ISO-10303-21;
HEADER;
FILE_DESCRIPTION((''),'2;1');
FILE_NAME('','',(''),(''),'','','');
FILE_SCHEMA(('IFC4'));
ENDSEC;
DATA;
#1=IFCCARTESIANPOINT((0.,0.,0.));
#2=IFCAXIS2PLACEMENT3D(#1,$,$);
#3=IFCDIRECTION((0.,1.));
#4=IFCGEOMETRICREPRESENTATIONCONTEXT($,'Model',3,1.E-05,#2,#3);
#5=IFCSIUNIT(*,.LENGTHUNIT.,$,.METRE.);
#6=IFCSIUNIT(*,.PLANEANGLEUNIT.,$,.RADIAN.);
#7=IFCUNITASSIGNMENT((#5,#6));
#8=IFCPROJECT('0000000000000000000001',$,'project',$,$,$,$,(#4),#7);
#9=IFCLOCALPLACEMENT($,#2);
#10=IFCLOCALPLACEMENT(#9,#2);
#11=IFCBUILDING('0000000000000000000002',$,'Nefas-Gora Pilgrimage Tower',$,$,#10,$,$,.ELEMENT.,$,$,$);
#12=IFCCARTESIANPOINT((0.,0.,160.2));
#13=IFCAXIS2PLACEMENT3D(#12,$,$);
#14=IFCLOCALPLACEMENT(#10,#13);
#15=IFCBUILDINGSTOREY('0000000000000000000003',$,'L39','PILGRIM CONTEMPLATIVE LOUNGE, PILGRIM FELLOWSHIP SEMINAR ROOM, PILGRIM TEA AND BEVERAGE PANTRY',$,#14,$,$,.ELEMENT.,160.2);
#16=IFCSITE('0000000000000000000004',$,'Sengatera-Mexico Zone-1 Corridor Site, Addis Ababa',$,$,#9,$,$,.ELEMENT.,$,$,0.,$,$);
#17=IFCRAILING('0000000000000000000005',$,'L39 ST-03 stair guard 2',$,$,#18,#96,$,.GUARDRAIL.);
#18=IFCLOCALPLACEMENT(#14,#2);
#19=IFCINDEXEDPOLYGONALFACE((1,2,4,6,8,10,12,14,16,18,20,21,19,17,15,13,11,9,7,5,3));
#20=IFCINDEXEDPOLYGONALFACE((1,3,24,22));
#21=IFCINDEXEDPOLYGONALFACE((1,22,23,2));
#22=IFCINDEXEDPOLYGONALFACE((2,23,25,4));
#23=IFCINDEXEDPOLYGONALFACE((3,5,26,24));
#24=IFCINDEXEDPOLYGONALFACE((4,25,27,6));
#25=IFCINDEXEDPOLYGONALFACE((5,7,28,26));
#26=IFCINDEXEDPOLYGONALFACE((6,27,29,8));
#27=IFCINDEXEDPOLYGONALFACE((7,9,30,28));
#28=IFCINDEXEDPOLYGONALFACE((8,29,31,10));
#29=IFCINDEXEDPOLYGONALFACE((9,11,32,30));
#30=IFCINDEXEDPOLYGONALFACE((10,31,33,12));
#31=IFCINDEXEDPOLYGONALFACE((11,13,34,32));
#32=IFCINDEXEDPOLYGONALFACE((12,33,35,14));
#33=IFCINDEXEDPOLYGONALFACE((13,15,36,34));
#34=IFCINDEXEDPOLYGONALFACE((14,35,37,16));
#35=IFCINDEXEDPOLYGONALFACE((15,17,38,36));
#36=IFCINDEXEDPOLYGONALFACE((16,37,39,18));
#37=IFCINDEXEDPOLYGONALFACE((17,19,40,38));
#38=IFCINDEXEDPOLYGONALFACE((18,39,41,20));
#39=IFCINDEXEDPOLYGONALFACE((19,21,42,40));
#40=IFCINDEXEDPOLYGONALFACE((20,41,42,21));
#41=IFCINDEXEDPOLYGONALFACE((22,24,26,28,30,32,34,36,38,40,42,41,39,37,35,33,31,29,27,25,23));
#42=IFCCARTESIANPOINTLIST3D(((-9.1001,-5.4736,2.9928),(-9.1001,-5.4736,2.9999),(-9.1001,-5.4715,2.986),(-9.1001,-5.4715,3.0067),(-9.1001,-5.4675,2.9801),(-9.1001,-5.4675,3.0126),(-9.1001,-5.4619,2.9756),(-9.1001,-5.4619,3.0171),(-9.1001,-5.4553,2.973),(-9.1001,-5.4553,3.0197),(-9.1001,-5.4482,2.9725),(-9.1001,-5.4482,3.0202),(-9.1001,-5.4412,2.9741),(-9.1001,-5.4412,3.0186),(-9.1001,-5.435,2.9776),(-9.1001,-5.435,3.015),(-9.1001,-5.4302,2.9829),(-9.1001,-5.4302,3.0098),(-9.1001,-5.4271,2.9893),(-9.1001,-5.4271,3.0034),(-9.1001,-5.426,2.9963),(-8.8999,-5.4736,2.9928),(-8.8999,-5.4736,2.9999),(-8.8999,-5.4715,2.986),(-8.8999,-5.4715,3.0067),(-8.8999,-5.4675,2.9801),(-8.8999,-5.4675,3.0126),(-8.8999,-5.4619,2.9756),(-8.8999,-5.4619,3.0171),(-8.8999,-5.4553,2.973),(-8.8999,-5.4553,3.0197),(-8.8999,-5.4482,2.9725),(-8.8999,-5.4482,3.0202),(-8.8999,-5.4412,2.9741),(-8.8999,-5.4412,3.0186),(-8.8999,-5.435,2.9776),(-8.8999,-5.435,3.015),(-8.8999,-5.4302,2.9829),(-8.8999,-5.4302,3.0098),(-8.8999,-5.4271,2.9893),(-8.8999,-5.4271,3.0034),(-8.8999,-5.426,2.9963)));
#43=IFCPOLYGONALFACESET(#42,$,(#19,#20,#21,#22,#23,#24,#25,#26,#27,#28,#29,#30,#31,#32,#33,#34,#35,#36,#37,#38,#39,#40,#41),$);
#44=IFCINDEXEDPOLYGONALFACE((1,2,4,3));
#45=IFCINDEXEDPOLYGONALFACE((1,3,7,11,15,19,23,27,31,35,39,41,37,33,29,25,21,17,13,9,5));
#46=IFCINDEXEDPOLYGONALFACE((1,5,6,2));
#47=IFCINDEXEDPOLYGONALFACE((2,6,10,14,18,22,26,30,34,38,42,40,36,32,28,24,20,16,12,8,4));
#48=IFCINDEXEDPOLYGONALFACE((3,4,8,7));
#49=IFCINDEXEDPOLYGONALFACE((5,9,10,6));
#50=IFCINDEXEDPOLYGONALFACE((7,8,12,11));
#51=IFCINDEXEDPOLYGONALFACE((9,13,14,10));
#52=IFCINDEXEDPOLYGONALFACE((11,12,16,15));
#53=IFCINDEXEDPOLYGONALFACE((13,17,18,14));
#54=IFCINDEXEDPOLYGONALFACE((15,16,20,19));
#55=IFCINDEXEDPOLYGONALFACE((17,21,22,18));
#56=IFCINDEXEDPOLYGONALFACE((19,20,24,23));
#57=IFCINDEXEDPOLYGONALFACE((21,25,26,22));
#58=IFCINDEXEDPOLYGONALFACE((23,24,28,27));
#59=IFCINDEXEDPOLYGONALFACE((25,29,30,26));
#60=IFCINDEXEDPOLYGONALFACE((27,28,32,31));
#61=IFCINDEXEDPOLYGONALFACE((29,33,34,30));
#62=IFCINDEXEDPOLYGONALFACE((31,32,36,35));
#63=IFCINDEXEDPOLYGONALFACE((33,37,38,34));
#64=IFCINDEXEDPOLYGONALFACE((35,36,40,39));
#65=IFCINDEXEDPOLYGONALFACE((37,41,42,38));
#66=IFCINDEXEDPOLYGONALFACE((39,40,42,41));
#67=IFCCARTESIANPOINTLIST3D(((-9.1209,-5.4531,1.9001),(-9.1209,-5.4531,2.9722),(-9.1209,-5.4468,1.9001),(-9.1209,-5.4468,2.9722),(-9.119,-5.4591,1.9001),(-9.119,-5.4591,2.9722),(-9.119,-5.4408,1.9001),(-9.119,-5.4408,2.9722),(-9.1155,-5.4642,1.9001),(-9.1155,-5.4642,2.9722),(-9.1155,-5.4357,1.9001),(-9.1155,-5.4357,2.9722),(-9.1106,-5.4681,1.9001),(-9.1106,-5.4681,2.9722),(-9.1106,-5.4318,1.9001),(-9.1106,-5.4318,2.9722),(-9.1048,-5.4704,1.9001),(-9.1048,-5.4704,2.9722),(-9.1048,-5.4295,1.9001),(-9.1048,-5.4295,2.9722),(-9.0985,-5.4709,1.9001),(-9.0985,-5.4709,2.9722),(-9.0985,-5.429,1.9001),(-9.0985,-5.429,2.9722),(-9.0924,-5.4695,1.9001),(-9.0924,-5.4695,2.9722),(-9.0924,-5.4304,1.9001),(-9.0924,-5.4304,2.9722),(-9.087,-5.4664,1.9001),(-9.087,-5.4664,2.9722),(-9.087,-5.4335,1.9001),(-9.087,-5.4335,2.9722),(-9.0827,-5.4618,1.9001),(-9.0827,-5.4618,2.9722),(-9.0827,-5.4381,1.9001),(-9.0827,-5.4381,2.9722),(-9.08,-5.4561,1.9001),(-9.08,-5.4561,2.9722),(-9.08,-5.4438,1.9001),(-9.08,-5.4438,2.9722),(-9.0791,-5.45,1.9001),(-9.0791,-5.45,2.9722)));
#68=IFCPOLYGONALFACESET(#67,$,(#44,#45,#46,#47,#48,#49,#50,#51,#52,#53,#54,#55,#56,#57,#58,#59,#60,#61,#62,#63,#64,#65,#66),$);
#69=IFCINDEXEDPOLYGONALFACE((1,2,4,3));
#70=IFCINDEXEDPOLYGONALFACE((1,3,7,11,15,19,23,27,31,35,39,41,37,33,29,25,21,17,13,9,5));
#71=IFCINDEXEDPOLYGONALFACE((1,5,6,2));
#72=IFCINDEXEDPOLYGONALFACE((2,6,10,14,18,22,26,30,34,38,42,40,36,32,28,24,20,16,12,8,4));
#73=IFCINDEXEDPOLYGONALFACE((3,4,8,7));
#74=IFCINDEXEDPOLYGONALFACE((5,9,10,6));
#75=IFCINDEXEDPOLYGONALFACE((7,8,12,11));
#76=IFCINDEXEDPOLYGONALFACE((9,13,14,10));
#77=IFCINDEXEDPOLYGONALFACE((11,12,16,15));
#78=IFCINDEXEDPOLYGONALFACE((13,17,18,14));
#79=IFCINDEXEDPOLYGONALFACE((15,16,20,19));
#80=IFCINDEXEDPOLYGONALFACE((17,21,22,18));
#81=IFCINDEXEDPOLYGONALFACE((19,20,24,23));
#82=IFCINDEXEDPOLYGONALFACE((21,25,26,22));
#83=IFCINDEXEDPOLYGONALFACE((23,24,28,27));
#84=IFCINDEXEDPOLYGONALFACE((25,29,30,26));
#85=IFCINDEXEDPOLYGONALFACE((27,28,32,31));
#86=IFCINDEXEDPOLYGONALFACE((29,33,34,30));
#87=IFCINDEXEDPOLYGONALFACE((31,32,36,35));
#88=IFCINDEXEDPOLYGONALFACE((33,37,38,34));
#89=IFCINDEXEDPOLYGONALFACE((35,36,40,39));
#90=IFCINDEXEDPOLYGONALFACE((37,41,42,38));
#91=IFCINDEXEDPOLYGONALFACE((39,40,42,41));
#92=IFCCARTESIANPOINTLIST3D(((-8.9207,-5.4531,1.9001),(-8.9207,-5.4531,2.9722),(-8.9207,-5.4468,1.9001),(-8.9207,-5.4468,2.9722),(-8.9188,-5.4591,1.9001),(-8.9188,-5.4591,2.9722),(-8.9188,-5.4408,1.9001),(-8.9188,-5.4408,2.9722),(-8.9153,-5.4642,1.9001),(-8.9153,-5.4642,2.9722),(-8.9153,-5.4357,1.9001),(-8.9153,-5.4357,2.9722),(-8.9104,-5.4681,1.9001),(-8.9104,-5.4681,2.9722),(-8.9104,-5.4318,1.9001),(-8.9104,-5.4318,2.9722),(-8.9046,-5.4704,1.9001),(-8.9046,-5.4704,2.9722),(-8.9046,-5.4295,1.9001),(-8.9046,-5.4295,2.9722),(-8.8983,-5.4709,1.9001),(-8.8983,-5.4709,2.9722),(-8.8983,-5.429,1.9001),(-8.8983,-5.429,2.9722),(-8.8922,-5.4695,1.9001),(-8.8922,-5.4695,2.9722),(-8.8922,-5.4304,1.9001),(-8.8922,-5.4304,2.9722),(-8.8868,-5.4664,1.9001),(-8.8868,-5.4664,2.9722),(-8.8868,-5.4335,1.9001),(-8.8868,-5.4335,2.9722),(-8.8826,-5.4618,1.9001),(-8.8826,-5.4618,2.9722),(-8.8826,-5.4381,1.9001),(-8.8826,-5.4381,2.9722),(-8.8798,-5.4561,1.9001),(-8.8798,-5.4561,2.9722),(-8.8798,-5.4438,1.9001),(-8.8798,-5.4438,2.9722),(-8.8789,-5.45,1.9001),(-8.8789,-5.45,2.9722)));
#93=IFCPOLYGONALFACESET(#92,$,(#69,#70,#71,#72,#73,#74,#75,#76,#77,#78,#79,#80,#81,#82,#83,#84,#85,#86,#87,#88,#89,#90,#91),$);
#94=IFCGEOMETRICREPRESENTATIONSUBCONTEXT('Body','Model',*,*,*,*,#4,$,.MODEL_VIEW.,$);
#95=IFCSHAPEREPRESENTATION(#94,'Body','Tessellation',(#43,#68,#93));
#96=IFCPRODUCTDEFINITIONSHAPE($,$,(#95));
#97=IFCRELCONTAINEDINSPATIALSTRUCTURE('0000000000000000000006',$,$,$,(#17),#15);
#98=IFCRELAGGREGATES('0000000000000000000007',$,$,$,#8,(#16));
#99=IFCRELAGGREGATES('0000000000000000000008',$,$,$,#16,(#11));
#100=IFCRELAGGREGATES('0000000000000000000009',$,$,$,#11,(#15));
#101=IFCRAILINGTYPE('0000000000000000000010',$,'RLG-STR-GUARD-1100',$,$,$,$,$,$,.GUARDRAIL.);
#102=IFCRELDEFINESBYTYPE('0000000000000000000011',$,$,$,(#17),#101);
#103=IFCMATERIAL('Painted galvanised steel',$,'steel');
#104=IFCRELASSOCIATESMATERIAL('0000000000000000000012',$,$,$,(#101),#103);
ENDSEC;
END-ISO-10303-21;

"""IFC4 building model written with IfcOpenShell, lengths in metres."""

from ifc_helpers import new_model, si_unit, direction, frame, origin, origin_2d, place, context, subcontext, project, spatial, circle, extrude, material, type_object, element, save


model = new_model("IFC4")

# Units and contexts
model_context = context("Model", 3, precision=1e-05, world=origin(), true_north=direction((0.0, 1.0)))
body_context = subcontext(model_context, "Body", "Model", "MODEL_VIEW")
ifc_project = project(units=[si_unit("LENGTHUNIT", "METRE"), si_unit("PLANEANGLEUNIT", "RADIAN")], contexts=[model_context])

# Site, building, storey
site_placement = place(None, origin())
site = spatial("IfcSite", under=ifc_project, at=site_placement, Name="Sengatera-Mexico Zone-1 Corridor Site, Addis Ababa", CompositionType="ELEMENT", RefElevation=0.0)
building_placement = place(site_placement, origin())
building = spatial("IfcBuilding", under=site, at=building_placement, Name="Nefas-Gora Pilgrimage Tower", CompositionType="ELEMENT")
storey_placement = place(building_placement, frame((0.0, 0.0, 160.2)))
storey = spatial("IfcBuildingStorey", under=building, at=storey_placement, Name="L39", Description="PILGRIM CONTEMPLATIVE LOUNGE, PILGRIM FELLOWSHIP SEMINAR ROOM, PILGRIM TEA AND BEVERAGE PANTRY", CompositionType="ELEMENT", Elevation=160.2)

# Railing
ifc_material_1 = material(Name="Painted galvanised steel", Category="steel")
railing_type_1 = type_object("IfcRailingType", Name="RLG-STR-GUARD-1100", PredefinedType="GUARDRAIL", material=ifc_material_1)
railing_1_placement = place(storey_placement, frame((-9.1001, -5.45, 1.9001)))
element("IfcRailing", 1, at=railing_1_placement, inside=storey, type_object=railing_type_1, Name="L39 ST-03 stair guard 2", PredefinedType="GUARDRAIL", context=body_context, shape_type="SweptSolid", body=[
    extrude(circle(Radius=0.0239, at=origin_2d()), frame((0.0, 0.0, 1.0962), z_axis=(1.0, 0.0, 0.0), x_axis=(0.0, 1.0, 0.0)), (0.0, 0.0, 1.0), 0.2002),
    extrude(circle(Radius=0.021, at=origin_2d()), origin(), (0.0, 0.0, 1.0), 1.072),
    extrude(circle(Radius=0.021, at=origin_2d()), frame((0.2002, 0.0, 0.0)), (0.0, 0.0, 1.0), 1.072),
])

save(model, "model.ifc")
